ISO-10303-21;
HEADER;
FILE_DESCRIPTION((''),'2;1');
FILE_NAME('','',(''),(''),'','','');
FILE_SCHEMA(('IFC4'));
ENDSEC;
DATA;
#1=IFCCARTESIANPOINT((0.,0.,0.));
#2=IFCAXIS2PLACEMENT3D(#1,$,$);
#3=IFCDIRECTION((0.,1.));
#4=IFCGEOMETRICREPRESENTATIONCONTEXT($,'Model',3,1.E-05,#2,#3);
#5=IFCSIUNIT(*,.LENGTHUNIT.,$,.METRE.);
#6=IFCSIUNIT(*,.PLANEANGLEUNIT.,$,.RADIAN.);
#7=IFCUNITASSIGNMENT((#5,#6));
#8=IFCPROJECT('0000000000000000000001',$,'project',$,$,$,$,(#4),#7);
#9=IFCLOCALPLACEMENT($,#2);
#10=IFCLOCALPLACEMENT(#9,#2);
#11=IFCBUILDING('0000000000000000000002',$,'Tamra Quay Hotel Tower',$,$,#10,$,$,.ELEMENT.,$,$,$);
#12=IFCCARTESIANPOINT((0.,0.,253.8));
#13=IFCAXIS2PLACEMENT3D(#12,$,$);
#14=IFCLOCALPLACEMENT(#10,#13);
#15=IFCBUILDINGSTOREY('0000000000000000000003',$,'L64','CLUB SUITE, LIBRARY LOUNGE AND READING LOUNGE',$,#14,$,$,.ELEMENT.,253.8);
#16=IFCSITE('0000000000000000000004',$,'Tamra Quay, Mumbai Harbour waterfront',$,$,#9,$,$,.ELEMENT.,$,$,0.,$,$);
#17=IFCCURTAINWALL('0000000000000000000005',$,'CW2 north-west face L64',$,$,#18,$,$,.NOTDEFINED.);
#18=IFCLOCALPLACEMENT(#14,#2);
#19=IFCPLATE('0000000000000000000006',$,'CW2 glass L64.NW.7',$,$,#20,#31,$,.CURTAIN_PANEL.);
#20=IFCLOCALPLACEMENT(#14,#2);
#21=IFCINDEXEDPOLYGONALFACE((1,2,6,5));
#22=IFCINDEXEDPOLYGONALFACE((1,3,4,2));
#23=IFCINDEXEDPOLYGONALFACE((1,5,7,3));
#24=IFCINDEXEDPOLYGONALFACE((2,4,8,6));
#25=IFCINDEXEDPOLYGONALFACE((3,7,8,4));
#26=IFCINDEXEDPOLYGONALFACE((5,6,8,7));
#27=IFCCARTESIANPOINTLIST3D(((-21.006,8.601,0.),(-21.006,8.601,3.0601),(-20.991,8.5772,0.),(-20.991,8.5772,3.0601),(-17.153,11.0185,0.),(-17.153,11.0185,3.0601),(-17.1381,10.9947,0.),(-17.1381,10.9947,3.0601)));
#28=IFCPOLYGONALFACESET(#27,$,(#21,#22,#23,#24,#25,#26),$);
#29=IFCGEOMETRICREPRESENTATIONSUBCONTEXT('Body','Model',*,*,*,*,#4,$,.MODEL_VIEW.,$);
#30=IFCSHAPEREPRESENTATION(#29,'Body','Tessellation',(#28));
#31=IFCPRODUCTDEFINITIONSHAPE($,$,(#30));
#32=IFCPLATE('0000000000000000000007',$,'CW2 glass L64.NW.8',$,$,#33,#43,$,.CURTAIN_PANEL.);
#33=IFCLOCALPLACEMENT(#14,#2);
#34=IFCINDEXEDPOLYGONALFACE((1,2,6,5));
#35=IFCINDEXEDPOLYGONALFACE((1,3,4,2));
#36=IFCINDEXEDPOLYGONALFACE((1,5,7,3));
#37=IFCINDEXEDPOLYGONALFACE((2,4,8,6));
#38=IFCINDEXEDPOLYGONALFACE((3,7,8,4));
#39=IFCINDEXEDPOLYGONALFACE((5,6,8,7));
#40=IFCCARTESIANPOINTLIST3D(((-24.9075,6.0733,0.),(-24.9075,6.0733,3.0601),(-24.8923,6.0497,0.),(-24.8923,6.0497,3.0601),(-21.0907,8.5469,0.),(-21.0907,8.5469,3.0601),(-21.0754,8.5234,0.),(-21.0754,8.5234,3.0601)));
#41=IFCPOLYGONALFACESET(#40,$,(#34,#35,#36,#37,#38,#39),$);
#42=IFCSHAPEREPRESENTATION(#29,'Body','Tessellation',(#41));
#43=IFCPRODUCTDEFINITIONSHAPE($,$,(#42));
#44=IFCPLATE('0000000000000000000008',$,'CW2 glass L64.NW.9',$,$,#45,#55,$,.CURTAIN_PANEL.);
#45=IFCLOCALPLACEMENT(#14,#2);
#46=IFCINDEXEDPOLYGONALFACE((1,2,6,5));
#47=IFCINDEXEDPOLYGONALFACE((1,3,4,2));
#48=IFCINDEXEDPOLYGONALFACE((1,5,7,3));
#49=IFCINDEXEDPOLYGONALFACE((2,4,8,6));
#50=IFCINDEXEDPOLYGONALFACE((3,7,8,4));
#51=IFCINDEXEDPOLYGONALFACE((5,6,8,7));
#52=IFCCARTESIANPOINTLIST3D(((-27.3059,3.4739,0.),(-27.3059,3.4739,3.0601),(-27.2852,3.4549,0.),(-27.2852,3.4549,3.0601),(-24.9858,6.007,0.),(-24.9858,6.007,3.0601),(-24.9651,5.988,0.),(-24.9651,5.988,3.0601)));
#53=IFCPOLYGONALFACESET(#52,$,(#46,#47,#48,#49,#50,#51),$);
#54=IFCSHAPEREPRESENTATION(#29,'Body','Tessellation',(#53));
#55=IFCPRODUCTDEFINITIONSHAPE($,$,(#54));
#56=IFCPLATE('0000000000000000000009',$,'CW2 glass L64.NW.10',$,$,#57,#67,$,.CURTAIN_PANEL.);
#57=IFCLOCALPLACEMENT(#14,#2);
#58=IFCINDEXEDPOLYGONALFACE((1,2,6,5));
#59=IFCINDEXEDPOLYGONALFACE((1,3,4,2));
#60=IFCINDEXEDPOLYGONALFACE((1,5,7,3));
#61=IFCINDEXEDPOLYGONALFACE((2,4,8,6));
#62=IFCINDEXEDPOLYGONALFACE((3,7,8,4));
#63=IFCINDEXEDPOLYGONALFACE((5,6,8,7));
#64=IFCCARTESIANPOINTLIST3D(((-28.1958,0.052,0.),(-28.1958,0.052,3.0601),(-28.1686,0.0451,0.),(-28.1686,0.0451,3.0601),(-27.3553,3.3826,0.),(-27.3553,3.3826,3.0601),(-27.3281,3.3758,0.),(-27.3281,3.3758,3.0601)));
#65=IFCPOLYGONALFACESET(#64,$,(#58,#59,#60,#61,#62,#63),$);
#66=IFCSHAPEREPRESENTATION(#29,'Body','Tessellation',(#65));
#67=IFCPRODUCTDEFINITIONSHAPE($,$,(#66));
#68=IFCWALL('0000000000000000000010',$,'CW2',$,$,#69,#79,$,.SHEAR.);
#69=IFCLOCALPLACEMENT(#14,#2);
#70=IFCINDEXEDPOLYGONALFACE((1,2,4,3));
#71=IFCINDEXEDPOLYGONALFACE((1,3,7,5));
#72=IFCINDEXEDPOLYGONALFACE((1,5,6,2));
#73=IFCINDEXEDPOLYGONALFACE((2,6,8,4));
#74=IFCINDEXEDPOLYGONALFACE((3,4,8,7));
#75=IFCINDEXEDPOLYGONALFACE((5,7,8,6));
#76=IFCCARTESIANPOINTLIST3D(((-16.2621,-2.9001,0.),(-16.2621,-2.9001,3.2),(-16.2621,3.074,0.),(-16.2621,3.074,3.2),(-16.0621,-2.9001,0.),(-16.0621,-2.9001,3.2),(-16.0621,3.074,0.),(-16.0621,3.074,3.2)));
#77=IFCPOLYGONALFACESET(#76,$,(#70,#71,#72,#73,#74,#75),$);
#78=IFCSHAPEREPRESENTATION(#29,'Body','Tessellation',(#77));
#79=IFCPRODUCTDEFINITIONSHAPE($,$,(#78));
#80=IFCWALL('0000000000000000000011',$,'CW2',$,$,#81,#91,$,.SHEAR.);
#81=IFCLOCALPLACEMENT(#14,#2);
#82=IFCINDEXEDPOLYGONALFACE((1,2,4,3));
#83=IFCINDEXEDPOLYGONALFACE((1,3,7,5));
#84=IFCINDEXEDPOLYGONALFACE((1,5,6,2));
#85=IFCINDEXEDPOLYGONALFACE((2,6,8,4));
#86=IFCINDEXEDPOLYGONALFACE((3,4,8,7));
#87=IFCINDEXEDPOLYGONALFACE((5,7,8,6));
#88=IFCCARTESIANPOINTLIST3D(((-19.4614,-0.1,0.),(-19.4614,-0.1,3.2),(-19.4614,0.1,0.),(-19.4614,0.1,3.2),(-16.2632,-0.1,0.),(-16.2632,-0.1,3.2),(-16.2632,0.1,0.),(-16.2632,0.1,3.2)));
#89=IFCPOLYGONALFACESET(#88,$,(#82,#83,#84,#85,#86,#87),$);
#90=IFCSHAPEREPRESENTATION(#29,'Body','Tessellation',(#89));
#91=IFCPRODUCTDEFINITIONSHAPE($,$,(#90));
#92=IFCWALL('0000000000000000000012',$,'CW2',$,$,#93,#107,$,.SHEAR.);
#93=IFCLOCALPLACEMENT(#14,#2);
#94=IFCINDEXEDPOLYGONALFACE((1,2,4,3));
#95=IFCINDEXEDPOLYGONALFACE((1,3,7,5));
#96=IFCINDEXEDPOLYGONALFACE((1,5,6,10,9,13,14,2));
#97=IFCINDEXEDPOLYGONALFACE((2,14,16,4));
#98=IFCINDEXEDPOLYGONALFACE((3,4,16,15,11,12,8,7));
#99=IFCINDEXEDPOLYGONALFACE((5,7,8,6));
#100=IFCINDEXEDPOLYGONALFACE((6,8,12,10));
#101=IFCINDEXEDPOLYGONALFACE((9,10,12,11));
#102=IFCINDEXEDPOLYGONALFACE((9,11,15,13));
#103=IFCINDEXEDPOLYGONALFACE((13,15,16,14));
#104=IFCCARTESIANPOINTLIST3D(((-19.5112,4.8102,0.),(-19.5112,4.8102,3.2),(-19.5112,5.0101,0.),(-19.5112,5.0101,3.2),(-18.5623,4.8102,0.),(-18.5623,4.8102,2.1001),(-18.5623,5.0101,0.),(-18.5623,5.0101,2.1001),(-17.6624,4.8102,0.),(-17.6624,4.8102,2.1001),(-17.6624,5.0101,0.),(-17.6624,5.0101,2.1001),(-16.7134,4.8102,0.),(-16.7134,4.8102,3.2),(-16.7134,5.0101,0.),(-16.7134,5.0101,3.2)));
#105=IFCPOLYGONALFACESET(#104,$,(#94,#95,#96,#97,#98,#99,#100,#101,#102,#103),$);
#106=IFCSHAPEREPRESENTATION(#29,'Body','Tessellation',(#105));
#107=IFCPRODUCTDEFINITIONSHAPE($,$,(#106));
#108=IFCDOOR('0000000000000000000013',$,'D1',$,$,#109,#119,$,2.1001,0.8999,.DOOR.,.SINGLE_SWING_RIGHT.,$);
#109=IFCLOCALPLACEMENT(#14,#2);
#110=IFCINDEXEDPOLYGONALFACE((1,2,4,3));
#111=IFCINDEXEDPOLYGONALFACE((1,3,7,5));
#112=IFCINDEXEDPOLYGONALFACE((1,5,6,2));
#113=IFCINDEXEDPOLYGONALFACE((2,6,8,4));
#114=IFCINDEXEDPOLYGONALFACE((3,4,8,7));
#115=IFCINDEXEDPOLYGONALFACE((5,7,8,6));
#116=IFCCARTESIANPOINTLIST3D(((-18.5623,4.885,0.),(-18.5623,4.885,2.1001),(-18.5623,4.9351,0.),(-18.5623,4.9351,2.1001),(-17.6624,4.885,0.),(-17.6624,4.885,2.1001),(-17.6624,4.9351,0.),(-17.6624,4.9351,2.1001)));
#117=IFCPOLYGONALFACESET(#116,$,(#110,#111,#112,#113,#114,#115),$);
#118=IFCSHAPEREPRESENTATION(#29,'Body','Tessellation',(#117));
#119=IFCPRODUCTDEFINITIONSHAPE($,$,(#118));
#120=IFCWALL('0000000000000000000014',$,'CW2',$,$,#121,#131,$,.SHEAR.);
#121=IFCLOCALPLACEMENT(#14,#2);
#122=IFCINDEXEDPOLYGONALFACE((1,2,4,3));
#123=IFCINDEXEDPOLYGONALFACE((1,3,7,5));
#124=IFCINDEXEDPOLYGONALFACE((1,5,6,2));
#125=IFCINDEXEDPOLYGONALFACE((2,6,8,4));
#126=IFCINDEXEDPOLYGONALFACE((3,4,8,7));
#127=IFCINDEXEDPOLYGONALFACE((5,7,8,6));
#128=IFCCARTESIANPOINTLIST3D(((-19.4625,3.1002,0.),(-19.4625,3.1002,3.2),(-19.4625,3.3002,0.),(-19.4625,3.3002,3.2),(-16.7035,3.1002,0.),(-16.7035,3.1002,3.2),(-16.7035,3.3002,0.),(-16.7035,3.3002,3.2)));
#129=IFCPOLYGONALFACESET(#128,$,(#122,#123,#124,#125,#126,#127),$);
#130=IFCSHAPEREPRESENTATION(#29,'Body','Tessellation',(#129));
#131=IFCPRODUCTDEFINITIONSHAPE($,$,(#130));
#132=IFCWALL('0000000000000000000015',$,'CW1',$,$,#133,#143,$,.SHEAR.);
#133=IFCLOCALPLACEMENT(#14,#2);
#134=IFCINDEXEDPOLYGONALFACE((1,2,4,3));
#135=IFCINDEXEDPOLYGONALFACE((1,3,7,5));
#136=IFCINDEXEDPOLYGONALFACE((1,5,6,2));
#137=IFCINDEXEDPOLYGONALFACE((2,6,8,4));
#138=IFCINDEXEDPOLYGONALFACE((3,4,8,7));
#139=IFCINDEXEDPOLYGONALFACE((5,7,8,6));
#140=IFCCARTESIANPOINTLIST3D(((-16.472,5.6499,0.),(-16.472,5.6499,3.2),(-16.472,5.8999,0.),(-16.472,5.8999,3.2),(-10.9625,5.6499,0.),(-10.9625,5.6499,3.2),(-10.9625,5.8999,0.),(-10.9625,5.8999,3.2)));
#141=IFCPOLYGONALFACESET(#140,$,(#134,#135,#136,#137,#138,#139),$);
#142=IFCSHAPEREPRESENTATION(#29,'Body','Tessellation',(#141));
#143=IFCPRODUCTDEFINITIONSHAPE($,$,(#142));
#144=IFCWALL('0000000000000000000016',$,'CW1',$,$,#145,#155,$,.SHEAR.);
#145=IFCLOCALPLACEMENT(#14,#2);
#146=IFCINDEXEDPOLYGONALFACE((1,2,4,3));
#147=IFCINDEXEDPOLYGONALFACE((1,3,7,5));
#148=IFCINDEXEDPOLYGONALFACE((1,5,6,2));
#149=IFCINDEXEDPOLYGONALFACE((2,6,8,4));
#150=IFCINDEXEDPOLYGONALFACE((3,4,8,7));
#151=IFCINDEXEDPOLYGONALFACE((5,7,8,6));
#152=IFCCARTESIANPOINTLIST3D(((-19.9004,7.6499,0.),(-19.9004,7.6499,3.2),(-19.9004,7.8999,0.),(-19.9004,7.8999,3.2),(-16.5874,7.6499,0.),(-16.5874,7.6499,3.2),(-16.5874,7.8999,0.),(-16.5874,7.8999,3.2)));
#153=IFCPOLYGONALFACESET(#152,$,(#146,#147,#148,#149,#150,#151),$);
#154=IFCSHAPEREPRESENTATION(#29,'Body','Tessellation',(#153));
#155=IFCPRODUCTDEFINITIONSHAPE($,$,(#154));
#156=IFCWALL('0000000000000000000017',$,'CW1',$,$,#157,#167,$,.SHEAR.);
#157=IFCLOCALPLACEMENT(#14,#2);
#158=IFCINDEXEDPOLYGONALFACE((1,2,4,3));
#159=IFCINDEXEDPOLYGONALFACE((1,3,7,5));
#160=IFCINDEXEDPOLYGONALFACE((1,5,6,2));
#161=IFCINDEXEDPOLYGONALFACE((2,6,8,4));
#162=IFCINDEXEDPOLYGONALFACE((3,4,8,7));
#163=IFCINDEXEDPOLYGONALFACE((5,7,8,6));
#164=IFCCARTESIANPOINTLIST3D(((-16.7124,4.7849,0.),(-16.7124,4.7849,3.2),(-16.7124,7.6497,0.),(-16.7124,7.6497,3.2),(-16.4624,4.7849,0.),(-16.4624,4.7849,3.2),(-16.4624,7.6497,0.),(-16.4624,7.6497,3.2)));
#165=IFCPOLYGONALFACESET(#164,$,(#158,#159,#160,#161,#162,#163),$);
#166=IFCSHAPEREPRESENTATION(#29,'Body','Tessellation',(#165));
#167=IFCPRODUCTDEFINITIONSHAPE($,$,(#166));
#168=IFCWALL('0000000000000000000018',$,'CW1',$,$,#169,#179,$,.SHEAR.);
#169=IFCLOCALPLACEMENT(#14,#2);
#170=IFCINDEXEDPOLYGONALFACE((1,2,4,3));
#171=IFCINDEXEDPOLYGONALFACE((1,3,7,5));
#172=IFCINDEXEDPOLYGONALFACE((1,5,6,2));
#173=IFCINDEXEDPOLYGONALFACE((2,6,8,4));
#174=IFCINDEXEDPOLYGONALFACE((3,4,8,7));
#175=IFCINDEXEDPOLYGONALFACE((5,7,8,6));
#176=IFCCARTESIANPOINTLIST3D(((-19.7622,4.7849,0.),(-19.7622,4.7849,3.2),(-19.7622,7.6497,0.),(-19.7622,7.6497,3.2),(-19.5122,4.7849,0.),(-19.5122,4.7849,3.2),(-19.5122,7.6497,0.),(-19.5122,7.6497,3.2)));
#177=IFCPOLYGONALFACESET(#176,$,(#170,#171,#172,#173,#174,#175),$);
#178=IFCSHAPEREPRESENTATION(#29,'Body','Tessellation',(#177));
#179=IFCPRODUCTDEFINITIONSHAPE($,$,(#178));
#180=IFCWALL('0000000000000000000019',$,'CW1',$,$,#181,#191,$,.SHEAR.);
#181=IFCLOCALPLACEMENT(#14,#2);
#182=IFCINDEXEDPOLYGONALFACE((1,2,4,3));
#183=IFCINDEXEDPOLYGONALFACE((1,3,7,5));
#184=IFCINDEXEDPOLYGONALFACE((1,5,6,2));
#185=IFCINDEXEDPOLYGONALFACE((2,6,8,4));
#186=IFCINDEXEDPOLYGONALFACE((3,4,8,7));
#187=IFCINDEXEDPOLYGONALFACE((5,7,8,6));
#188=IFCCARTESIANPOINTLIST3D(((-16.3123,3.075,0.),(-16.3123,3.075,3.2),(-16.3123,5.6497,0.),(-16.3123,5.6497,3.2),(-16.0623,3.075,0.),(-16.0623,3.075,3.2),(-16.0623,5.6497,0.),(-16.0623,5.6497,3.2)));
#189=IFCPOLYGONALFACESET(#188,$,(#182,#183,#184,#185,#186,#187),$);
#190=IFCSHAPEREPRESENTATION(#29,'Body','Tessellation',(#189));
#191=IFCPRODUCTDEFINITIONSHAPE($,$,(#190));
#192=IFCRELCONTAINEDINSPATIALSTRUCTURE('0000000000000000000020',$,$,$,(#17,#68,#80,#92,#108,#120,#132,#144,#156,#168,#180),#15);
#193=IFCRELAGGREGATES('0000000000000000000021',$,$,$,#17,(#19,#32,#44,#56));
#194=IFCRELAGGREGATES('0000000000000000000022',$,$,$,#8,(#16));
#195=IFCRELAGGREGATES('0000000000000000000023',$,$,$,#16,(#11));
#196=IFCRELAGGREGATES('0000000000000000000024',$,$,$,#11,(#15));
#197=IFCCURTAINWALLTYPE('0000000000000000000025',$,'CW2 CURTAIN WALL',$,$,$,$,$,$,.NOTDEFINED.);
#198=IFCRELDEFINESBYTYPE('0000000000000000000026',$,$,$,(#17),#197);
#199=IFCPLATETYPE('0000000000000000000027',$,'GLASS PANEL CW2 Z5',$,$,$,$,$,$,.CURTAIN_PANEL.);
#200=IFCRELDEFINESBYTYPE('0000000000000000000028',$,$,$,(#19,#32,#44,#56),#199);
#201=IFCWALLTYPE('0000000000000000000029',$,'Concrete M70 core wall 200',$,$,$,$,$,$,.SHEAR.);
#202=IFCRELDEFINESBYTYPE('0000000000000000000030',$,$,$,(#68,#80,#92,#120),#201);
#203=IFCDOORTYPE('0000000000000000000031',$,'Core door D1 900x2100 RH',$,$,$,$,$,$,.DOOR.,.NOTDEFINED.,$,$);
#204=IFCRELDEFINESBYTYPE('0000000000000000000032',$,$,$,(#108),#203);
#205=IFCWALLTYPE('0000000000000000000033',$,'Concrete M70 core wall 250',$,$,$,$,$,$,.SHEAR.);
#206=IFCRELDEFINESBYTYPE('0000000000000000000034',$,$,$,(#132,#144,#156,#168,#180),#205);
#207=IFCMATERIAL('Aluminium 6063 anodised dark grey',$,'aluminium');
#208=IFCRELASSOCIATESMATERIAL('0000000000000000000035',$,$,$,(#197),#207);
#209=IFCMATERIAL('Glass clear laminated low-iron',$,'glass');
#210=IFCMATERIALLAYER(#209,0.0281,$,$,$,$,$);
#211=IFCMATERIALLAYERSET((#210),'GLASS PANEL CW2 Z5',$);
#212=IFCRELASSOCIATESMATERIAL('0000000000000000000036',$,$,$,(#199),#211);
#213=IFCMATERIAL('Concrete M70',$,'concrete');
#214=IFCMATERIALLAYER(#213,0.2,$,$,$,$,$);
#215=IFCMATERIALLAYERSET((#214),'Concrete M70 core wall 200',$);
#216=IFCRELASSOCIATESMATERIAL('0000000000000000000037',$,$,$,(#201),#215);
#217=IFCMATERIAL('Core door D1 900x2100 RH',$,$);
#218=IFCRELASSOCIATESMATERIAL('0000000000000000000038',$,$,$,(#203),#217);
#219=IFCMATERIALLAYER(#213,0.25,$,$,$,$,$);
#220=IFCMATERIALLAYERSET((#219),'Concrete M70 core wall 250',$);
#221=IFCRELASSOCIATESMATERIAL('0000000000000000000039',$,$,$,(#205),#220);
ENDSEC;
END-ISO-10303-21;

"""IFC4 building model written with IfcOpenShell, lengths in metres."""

from ifc_helpers import new_model, si_unit, direction, frame, frame_2d, origin, origin_2d, place, context, subcontext, project, spatial, rectangle, extrude, material, layer, layer_set, type_object, element, fill, aggregate, save


model = new_model("IFC4")

# Units and contexts
model_context = context("Model", 3, precision=1e-05, world=origin(), true_north=direction((0.0, 1.0)))
body_context = subcontext(model_context, "Body", "Model", "MODEL_VIEW")
ifc_project = project(units=[si_unit("LENGTHUNIT", "METRE"), si_unit("PLANEANGLEUNIT", "RADIAN")], contexts=[model_context])

# Site, building, storey
site_placement = place(None, origin())
site = spatial("IfcSite", under=ifc_project, at=site_placement, Name="Tamra Quay, Mumbai Harbour waterfront", CompositionType="ELEMENT", RefElevation=0.0)
building_placement = place(site_placement, origin())
building = spatial("IfcBuilding", under=site, at=building_placement, Name="Tamra Quay Hotel Tower", CompositionType="ELEMENT")
storey_placement = place(building_placement, frame((0.0, 0.0, 253.8)))
storey = spatial("IfcBuildingStorey", under=building, at=storey_placement, Name="L64", Description="CLUB SUITE, LIBRARY LOUNGE AND READING LOUNGE", CompositionType="ELEMENT", Elevation=253.8)

# Shared definitions
ifc_material_1 = material(Name="Concrete M70", Category="concrete")

# Curtain wall
ifc_material_2 = material(Name="Aluminium 6063 anodised dark grey", Category="aluminium")
curtain_wall_type = type_object("IfcCurtainWallType", Name="CW2 CURTAIN WALL", PredefinedType="NOTDEFINED", material=ifc_material_2)
curtain_wall_placement = place(storey_placement, origin())
curtain_wall = element("IfcCurtainWall", 1, at=curtain_wall_placement, inside=storey, type_object=curtain_wall_type, Name="CW2 north-west face L64", PredefinedType="NOTDEFINED")

# Plates
ifc_material_3 = material(Name="Glass clear laminated low-iron", Category="glass")
ifc_layer_1 = layer(ifc_material_3, 0.0281)
ifc_layer_set_1 = layer_set([ifc_layer_1], Name="GLASS PANEL CW2 Z5")
plate_type = type_object("IfcPlateType", Name="GLASS PANEL CW2 Z5", PredefinedType="CURTAIN_PANEL", material=ifc_layer_set_1)
plate_1_placement = place(storey_placement, frame((-19.072, 9.7979, 0.0), z_axis=(0.0, 0.0, 1.0), x_axis=(-0.847068, -0.531484, 0.0)))
plate_1 = element("IfcPlate", 2, at=plate_1_placement, type_object=plate_type, Name="CW2 glass L64.NW.7", PredefinedType="CURTAIN_PANEL", context=body_context, shape_type="SweptSolid", body=[
    extrude(rectangle(XDim=4.5486, YDim=0.0281, at=origin_2d()), origin(), (0.0, 0.0, 1.0), 3.0601),
])
plate_2_placement = place(storey_placement, frame((-22.9915, 7.2983, 0.0), z_axis=(0.0, 0.0, 1.0), x_axis=(-0.839179, -0.543856, 0.0)))
plate_2 = element("IfcPlate", 3, at=plate_2_placement, type_object=plate_type, Name="CW2 glass L64.NW.8", PredefinedType="CURTAIN_PANEL", context=body_context, shape_type="SweptSolid", body=[
    extrude(rectangle(XDim=4.5483, YDim=0.0281, at=origin_2d()), origin(), (0.0, 0.0, 1.0), 3.0601),
])
plate_3_placement = place(storey_placement, frame((-26.1355, 4.731, 0.0), z_axis=(0.0, 0.0, 1.0), x_axis=(-0.675438, -0.737417, 0.0)))
plate_3 = element("IfcPlate", 4, at=plate_3_placement, type_object=plate_type, Name="CW2 glass L64.NW.9", PredefinedType="CURTAIN_PANEL", context=body_context, shape_type="SweptSolid", body=[
    extrude(rectangle(XDim=3.4351, YDim=0.0281, at=origin_2d()), origin(), (0.0, 0.0, 1.0), 3.0601),
])
plate_4_placement = place(storey_placement, frame((-27.762, 1.7139, 0.0), z_axis=(0.0, 0.0, 1.0), x_axis=(-0.244677, -0.969605, 0.0)))
plate_4 = element("IfcPlate", 5, at=plate_4_placement, type_object=plate_type, Name="CW2 glass L64.NW.10", PredefinedType="CURTAIN_PANEL", context=body_context, shape_type="SweptSolid", body=[
    extrude(rectangle(XDim=3.4351, YDim=0.0281, at=origin_2d()), origin(), (0.0, 0.0, 1.0), 3.0601),
])
aggregate(curtain_wall, [plate_1, plate_2, plate_3, plate_4])

# Walls
ifc_layer_2 = layer(ifc_material_1, 0.2)
ifc_layer_set_2 = layer_set([ifc_layer_2], Name="Concrete M70 core wall 200")
wall_type_1 = type_object("IfcWallType", Name="Concrete M70 core wall 200", PredefinedType="SHEAR", material=ifc_layer_set_2)
wall_1_placement = place(storey_placement, frame((-16.1621, 3.074, 0.0), z_axis=(0.0, 0.0, 1.0), x_axis=(0.0, -1.0, 0.0)))
element("IfcWall", 6, at=wall_1_placement, inside=storey, type_object=wall_type_1, Name="CW2", PredefinedType="SHEAR", context=body_context, shape_type="SweptSolid", body=[
    extrude(rectangle(XDim=5.9741, YDim=0.2, at=frame_2d((2.9871, 0.0))), origin(), (0.0, 0.0, 1.0), 3.2),
])
wall_2_placement = place(storey_placement, frame((-16.2632, 0.0, 0.0), z_axis=(0.0, 0.0, 1.0), x_axis=(-1.0, 0.0, 0.0)))
element("IfcWall", 7, at=wall_2_placement, inside=storey, type_object=wall_type_1, Name="CW2", PredefinedType="SHEAR", context=body_context, shape_type="SweptSolid", body=[
    extrude(rectangle(XDim=3.1982, YDim=0.2, at=frame_2d((1.5991, 0.0))), origin(), (0.0, 0.0, 1.0), 3.2),
])

# Wall, opening, door
wall_3_placement = place(storey_placement, frame((-19.5112, 4.9102, 0.0), z_axis=(0.0, 0.0, 1.0), x_axis=(1.0, 0.0, 0.0)))
wall_3 = element("IfcWall", 8, at=wall_3_placement, inside=storey, type_object=wall_type_1, Name="CW2", PredefinedType="SHEAR", context=body_context, shape_type="SweptSolid", body=[
    extrude(rectangle(XDim=2.7979, YDim=0.2, at=frame_2d((1.3989, 0.0))), origin(), (0.0, 0.0, 1.0), 3.2),
])
opening_placement = place(wall_3_placement, frame((0.949, 0.0, 0.0)))
opening = element("IfcOpeningElement", 9, at=opening_placement, cuts=wall_3, PredefinedType="OPENING", context=body_context, shape_type="SweptSolid", body=[
    extrude(rectangle(XDim=0.8999, YDim=2.1001, at=frame_2d((0.45, 1.05))), frame((0.0, 0.1099, 0.0), z_axis=(0.0, -1.0, 0.0), x_axis=(1.0, 0.0, 0.0)), (0.0, 0.0, 1.0), 0.22),
])
ifc_material_4 = material(Name="Core door D1 900x2100 RH")
door_type = type_object("IfcDoorType", Name="Core door D1 900x2100 RH", OperationType="NOTDEFINED", PredefinedType="DOOR", material=ifc_material_4)
door_placement = place(opening_placement, origin())
door = element("IfcDoor", 10, at=door_placement, inside=storey, type_object=door_type, Name="D1", OperationType="SINGLE_SWING_RIGHT", OverallHeight=2.1001, OverallWidth=0.8999, PredefinedType="DOOR", context=body_context, shape_type="SweptSolid", body=[
    extrude(rectangle(XDim=0.8999, YDim=2.1001, at=frame_2d((0.45, 1.05))), frame((0.0, 0.0249, 0.0), z_axis=(0.0, -1.0, 0.0), x_axis=(1.0, 0.0, 0.0)), (0.0, 0.0, 1.0), 0.05),
])
fill(opening, door)

# Walls
wall_4_placement = place(storey_placement, frame((-19.4624, 3.2002, 0.0), z_axis=(0.0, 0.0, 1.0), x_axis=(1.0, 0.0, 0.0)))
element("IfcWall", 11, at=wall_4_placement, inside=storey, type_object=wall_type_1, Name="CW2", PredefinedType="SHEAR", context=body_context, shape_type="SweptSolid", body=[
    extrude(rectangle(XDim=2.759, YDim=0.2, at=frame_2d((1.3794, 0.0))), origin(), (0.0, 0.0, 1.0), 3.2),
])
ifc_layer_3 = layer(ifc_material_1, 0.25)
ifc_layer_set_3 = layer_set([ifc_layer_3], Name="Concrete M70 core wall 250")
wall_type_2 = type_object("IfcWallType", Name="Concrete M70 core wall 250", PredefinedType="SHEAR", material=ifc_layer_set_3)
wall_5_placement = place(storey_placement, frame((-16.4722, 5.7749, 0.0), z_axis=(0.0, 0.0, 1.0), x_axis=(1.0, 0.0, 0.0)))
element("IfcWall", 12, at=wall_5_placement, inside=storey, type_object=wall_type_2, Name="CW1", PredefinedType="SHEAR", context=body_context, shape_type="SweptSolid", body=[
    extrude(rectangle(XDim=5.5095, YDim=0.25, at=frame_2d((2.7549, 0.0))), origin(), (0.0, 0.0, 1.0), 3.2),
])
wall_6_placement = place(storey_placement, frame((-19.9004, 7.7749, 0.0), z_axis=(0.0, 0.0, 1.0), x_axis=(1.0, 0.0, 0.0)))
element("IfcWall", 13, at=wall_6_placement, inside=storey, type_object=wall_type_2, Name="CW1", PredefinedType="SHEAR", context=body_context, shape_type="SweptSolid", body=[
    extrude(rectangle(XDim=3.313, YDim=0.25, at=frame_2d((1.6565, 0.0))), origin(), (0.0, 0.0, 1.0), 3.2),
])
for number, where, z_axis, x_axis, name in (
    (14, (-16.5874, 7.6497, 0.0), (0.0, 0.0, 1.0), (0.0, -1.0, 0.0), "CW1"),
    (15, (-19.6372, 4.7849, 0.0), (0.0, 0.0, 1.0), (0.0, 1.0, 0.0), "CW1"),
):
    element("IfcWall", number, at=place(storey_placement, frame(where, z_axis=z_axis, x_axis=x_axis)), inside=storey, type_object=wall_type_2, Name=name, PredefinedType="SHEAR", context=body_context, shape_type="SweptSolid", body=[
        extrude(rectangle(XDim=2.8647, YDim=0.25, at=frame_2d((1.4324, 0.0))), origin(), (0.0, 0.0, 1.0), 3.2),
    ])
wall_7_placement = place(storey_placement, frame((-16.1873, 3.075, 0.0), z_axis=(0.0, 0.0, 1.0), x_axis=(0.0, 1.0, 0.0)))
element("IfcWall", 16, at=wall_7_placement, inside=storey, type_object=wall_type_2, Name="CW1", PredefinedType="SHEAR", context=body_context, shape_type="SweptSolid", body=[
    extrude(rectangle(XDim=2.5747, YDim=0.25, at=frame_2d((1.2874, 0.0))), origin(), (0.0, 0.0, 1.0), 3.2),
])

save(model, "model.ifc")
